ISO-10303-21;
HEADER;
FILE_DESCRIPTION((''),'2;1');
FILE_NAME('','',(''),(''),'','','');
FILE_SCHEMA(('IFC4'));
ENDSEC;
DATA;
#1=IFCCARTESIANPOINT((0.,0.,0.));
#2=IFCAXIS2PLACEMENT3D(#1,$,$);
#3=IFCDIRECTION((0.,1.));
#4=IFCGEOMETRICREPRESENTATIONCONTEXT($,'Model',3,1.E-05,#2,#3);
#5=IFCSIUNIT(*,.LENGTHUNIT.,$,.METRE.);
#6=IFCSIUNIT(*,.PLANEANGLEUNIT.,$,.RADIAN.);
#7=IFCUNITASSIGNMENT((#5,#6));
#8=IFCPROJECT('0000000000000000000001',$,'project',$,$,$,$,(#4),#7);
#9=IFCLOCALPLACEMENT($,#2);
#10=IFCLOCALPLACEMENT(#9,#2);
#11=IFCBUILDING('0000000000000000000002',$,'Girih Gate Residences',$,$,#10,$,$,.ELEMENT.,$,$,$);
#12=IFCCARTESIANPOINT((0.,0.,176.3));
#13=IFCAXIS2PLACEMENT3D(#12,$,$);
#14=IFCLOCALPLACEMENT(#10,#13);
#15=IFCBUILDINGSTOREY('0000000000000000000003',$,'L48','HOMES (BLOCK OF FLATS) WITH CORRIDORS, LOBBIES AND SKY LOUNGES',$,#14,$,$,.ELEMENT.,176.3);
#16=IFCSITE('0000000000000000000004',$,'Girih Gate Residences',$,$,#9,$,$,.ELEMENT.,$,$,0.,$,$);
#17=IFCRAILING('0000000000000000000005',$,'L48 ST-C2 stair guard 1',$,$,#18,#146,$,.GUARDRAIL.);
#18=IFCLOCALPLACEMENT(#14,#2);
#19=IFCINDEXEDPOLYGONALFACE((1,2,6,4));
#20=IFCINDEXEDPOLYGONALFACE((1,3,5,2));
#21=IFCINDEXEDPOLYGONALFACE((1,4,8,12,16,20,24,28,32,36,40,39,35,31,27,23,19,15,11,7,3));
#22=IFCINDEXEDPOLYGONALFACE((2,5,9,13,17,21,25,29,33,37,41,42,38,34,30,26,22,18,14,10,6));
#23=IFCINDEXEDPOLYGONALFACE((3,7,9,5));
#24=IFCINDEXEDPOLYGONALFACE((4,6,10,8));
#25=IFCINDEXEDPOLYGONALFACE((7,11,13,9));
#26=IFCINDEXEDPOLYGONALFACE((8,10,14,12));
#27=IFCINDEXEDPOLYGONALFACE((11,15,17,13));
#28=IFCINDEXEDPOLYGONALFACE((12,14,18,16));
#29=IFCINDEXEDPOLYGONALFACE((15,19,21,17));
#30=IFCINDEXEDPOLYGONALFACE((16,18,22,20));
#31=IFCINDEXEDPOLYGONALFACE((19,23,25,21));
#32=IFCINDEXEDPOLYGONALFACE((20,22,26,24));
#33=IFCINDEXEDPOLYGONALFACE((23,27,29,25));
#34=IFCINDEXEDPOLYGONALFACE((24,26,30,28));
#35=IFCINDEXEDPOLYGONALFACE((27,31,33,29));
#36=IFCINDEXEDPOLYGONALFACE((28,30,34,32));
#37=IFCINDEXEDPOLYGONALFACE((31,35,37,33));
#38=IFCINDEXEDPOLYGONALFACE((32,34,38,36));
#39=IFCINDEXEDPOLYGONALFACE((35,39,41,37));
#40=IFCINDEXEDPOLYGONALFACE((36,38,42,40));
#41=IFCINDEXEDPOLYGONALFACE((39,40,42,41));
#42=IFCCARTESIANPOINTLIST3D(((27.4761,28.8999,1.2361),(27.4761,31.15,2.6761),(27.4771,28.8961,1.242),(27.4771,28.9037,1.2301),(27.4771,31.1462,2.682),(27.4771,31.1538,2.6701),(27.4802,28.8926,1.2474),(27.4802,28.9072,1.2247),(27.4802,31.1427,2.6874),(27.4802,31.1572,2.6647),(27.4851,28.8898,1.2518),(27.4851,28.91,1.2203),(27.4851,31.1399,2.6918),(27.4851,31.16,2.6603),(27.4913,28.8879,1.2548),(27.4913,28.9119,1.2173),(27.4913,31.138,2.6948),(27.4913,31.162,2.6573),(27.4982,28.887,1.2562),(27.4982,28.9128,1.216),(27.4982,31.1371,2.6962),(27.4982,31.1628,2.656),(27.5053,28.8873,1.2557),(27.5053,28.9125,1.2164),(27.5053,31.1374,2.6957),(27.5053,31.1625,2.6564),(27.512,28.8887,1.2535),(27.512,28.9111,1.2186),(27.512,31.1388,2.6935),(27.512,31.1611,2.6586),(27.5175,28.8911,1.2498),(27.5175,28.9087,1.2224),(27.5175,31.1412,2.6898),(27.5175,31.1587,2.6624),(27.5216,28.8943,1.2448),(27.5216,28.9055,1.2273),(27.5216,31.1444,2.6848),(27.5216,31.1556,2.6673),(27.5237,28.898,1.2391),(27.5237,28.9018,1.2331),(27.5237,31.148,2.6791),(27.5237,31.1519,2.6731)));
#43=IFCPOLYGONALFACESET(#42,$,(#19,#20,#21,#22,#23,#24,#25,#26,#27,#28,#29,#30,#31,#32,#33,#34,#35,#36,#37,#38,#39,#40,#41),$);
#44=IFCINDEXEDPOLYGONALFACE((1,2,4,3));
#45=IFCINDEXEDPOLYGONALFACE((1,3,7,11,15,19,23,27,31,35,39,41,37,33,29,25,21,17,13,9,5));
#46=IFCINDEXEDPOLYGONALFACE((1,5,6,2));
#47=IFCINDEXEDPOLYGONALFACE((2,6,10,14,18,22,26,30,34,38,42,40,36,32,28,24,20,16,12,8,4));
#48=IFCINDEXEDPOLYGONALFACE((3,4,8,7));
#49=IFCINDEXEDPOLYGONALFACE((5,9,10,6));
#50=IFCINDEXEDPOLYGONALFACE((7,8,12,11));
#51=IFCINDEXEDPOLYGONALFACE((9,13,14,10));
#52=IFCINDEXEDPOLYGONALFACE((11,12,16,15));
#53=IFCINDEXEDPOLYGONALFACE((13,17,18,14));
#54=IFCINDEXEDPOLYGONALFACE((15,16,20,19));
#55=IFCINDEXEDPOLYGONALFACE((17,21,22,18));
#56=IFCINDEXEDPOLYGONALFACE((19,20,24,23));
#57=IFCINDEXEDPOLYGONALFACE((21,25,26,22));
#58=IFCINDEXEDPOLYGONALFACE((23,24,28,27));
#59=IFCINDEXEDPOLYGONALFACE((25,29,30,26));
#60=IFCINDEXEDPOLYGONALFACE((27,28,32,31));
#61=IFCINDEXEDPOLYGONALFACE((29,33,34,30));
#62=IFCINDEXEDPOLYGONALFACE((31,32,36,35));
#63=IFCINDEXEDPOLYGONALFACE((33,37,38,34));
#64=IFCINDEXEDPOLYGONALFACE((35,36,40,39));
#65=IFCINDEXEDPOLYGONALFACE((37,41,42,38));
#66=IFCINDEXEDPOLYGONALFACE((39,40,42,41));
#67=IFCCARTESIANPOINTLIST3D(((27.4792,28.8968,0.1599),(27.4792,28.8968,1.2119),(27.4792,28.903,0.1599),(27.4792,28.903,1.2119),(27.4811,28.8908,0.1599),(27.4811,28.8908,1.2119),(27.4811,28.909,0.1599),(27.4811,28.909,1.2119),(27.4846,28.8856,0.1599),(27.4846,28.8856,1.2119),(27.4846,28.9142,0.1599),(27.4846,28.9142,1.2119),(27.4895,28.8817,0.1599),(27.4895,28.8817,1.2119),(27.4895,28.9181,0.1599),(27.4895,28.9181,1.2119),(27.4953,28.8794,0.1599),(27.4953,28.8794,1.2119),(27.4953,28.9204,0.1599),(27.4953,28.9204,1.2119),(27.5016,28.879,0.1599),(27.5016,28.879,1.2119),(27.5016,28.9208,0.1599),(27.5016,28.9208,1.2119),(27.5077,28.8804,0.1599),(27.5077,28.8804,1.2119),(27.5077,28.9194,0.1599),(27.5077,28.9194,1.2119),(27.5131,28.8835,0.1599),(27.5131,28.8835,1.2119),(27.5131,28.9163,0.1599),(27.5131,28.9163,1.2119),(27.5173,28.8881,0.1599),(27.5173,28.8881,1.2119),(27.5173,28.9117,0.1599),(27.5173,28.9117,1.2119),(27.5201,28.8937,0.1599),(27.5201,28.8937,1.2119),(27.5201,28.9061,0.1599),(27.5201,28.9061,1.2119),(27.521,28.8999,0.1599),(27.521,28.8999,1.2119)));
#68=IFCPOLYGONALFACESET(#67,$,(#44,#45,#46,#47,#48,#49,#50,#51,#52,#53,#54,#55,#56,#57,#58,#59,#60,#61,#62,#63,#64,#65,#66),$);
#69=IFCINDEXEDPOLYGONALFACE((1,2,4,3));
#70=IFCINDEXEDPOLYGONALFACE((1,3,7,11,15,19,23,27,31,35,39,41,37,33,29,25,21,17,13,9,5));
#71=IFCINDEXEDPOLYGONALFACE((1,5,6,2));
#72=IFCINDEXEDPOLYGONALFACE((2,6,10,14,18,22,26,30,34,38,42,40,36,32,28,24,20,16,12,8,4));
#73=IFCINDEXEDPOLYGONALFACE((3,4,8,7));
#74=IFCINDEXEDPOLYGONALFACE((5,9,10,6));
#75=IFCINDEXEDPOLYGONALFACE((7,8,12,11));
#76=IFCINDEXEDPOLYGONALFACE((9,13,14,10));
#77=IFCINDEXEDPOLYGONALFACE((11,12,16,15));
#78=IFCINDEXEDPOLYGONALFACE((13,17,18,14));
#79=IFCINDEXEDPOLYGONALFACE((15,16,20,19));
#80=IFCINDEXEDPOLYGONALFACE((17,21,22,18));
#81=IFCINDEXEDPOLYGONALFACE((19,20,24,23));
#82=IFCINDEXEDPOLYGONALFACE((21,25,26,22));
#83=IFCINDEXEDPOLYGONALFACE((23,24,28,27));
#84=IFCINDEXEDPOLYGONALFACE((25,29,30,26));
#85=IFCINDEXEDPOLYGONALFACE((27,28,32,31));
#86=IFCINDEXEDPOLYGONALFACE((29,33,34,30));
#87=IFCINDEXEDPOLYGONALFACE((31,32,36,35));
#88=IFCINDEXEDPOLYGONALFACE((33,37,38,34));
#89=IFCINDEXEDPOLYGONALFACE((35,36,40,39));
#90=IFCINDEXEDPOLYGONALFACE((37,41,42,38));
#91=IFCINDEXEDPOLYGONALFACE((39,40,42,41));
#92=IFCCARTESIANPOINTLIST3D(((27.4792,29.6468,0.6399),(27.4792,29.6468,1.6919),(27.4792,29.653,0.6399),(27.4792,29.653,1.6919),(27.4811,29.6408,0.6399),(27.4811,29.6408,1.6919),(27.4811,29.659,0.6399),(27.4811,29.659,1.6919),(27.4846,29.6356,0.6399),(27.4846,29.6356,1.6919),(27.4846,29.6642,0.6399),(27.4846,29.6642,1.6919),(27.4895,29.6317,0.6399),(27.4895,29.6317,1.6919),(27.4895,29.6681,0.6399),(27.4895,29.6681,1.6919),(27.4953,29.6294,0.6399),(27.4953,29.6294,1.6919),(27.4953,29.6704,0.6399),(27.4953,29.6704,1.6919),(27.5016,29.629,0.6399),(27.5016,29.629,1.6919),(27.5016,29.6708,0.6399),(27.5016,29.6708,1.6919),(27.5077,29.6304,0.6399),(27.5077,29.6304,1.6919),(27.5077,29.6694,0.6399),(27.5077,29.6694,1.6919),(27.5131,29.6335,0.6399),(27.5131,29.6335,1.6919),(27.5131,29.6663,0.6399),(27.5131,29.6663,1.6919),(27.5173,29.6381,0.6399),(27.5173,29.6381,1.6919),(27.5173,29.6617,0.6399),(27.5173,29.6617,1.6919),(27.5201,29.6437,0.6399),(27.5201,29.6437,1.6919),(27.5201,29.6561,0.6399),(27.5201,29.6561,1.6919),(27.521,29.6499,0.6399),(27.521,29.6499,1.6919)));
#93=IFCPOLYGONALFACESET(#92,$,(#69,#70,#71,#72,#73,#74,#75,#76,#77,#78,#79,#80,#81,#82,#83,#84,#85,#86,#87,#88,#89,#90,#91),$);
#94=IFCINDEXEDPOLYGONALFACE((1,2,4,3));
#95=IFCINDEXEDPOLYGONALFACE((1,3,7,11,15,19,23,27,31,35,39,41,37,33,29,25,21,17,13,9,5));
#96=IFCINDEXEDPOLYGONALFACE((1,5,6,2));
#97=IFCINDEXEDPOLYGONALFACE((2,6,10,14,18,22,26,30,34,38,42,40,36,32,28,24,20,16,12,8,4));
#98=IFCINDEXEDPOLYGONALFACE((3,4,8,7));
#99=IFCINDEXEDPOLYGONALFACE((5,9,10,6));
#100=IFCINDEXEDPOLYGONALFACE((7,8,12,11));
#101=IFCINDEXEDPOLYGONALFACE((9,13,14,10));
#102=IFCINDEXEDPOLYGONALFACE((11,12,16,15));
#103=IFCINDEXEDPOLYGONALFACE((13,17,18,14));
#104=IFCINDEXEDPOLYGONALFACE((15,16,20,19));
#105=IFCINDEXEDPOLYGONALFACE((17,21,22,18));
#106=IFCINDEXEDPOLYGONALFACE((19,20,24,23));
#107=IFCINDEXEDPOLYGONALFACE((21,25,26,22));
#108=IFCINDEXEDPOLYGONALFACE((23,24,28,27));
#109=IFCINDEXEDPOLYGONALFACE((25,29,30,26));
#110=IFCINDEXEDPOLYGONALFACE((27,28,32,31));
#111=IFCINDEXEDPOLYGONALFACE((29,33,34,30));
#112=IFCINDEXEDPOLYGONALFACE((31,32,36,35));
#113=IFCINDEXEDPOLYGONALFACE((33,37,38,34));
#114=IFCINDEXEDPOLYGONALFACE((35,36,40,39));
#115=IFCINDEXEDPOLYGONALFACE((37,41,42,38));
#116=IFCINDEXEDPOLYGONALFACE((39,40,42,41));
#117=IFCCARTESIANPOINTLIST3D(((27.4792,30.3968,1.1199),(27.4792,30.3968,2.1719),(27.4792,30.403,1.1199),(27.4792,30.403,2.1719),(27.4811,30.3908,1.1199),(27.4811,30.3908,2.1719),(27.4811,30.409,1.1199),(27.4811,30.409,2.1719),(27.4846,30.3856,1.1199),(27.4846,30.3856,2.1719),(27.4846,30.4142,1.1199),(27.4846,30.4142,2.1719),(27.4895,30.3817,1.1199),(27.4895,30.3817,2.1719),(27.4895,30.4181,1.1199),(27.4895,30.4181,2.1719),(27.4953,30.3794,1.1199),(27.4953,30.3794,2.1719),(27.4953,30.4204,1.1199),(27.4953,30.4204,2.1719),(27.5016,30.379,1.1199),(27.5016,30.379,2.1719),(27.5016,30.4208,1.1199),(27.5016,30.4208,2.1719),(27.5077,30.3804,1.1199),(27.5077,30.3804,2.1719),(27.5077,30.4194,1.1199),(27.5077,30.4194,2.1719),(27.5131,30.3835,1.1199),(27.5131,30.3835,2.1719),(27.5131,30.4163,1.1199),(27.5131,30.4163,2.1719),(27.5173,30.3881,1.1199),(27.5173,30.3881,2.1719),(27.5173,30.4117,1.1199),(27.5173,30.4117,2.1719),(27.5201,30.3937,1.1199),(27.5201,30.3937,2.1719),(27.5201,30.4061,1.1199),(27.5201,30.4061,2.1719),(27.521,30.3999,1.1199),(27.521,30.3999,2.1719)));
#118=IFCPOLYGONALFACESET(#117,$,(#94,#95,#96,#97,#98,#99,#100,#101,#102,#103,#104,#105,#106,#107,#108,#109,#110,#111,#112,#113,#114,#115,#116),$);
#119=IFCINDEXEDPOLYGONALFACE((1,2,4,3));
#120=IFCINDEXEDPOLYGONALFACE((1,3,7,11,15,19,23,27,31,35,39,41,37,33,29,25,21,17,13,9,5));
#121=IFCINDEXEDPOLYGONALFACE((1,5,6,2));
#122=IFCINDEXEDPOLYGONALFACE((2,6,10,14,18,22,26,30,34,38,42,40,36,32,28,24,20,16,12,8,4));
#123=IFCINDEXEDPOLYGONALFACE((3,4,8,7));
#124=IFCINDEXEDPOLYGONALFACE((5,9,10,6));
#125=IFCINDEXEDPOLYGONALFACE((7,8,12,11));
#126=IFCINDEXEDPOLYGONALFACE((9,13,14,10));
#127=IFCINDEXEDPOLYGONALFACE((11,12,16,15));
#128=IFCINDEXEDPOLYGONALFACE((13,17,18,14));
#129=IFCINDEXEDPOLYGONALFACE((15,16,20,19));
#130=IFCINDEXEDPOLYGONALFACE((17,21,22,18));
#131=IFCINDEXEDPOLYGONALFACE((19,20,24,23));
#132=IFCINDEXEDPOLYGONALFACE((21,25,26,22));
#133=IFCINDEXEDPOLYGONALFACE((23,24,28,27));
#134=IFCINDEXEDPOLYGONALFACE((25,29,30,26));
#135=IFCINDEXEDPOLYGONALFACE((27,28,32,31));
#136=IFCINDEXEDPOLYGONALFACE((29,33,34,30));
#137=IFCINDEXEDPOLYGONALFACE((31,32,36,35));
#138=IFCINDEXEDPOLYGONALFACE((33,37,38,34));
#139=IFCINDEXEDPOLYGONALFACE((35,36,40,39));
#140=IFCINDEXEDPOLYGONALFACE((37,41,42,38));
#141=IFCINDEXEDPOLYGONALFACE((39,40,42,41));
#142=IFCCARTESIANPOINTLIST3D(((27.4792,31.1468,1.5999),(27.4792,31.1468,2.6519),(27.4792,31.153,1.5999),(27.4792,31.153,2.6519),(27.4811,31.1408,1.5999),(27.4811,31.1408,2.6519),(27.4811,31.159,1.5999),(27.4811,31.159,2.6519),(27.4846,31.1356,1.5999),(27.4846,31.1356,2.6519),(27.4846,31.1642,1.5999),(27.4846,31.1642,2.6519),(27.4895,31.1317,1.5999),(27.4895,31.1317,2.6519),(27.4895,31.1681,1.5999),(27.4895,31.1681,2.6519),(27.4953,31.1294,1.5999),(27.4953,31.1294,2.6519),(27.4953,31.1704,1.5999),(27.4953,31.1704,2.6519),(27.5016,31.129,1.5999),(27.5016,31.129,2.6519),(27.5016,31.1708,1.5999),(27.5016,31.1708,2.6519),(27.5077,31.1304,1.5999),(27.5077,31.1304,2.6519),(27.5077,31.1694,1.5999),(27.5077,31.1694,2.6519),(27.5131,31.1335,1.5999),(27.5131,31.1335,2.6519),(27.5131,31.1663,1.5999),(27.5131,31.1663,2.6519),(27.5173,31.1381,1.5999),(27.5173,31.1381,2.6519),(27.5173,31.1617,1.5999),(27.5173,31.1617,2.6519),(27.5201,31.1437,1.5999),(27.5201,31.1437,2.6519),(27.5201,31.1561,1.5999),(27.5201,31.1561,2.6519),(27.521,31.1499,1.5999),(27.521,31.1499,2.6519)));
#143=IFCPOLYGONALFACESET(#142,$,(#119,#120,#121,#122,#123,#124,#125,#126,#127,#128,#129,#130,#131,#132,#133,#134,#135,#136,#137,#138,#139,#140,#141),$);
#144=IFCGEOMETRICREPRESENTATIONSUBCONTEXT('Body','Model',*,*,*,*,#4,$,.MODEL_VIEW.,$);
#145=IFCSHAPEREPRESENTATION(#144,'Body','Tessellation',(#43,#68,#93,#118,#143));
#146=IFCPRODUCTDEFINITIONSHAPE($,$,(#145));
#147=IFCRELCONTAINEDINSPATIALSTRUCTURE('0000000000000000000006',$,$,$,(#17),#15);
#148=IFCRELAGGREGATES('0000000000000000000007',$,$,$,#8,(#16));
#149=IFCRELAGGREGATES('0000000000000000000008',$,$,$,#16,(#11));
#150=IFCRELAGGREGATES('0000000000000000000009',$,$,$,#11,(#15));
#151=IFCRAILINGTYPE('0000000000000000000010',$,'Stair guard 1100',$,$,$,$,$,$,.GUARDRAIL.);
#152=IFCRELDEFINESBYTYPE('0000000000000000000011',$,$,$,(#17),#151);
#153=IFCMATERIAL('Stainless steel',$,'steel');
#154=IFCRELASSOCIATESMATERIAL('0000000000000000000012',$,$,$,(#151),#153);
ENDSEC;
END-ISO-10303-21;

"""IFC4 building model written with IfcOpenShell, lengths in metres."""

from ifc_helpers import new_model, si_unit, direction, frame, origin, origin_2d, place, context, subcontext, project, spatial, circle, extrude, material, type_object, element, save


model = new_model("IFC4")

# Units and contexts
model_context = context("Model", 3, precision=1e-05, world=origin(), true_north=direction((0.0, 1.0)))
body_context = subcontext(model_context, "Body", "Model", "MODEL_VIEW")
ifc_project = project(units=[si_unit("LENGTHUNIT", "METRE"), si_unit("PLANEANGLEUNIT", "RADIAN")], contexts=[model_context])

# Site, building, storey
site_placement = place(None, origin())
site = spatial("IfcSite", under=ifc_project, at=site_placement, Name="Girih Gate Residences", CompositionType="ELEMENT", RefElevation=0.0)
building_placement = place(site_placement, origin())
building = spatial("IfcBuilding", under=site, at=building_placement, Name="Girih Gate Residences", CompositionType="ELEMENT")
storey_placement = place(building_placement, frame((0.0, 0.0, 176.3)))
storey = spatial("IfcBuildingStorey", under=building, at=storey_placement, Name="L48", Description="HOMES (BLOCK OF FLATS) WITH CORRIDORS, LOBBIES AND SKY LOUNGES", CompositionType="ELEMENT", Elevation=176.3)

# Railing
ifc_material_1 = material(Name="Stainless steel", Category="steel")
railing_type_1 = type_object("IfcRailingType", Name="Stair guard 1100", PredefinedType="GUARDRAIL", material=ifc_material_1)
railing_1_placement = place(storey_placement, frame((27.5, 28.8999, 0.1599)))
element("IfcRailing", 1, at=railing_1_placement, inside=storey, type_object=railing_type_1, Name="L48 ST-C2 stair guard 1", PredefinedType="GUARDRAIL", context=body_context, shape_type="SweptSolid", body=[
    extrude(circle(Radius=0.0239, at=origin_2d()), frame((0.0, 0.0, 1.0762), z_axis=(0.0, 0.842281, 0.539038), x_axis=(-1.0, 0.0, 0.0)), (0.0, 0.0, 1.0), 2.6714),
    extrude(circle(Radius=0.021, at=origin_2d()), origin(), (0.0, 0.0, 1.0), 1.052),
    extrude(circle(Radius=0.021, at=origin_2d()), frame((0.0, 0.75, 0.48)), (0.0, 0.0, 1.0), 1.052),
    extrude(circle(Radius=0.021, at=origin_2d()), frame((0.0, 1.5, 0.96)), (0.0, 0.0, 1.0), 1.052),
    extrude(circle(Radius=0.021, at=origin_2d()), frame((0.0, 2.25, 1.4399)), (0.0, 0.0, 1.0), 1.052),
])

save(model, "model.ifc")
